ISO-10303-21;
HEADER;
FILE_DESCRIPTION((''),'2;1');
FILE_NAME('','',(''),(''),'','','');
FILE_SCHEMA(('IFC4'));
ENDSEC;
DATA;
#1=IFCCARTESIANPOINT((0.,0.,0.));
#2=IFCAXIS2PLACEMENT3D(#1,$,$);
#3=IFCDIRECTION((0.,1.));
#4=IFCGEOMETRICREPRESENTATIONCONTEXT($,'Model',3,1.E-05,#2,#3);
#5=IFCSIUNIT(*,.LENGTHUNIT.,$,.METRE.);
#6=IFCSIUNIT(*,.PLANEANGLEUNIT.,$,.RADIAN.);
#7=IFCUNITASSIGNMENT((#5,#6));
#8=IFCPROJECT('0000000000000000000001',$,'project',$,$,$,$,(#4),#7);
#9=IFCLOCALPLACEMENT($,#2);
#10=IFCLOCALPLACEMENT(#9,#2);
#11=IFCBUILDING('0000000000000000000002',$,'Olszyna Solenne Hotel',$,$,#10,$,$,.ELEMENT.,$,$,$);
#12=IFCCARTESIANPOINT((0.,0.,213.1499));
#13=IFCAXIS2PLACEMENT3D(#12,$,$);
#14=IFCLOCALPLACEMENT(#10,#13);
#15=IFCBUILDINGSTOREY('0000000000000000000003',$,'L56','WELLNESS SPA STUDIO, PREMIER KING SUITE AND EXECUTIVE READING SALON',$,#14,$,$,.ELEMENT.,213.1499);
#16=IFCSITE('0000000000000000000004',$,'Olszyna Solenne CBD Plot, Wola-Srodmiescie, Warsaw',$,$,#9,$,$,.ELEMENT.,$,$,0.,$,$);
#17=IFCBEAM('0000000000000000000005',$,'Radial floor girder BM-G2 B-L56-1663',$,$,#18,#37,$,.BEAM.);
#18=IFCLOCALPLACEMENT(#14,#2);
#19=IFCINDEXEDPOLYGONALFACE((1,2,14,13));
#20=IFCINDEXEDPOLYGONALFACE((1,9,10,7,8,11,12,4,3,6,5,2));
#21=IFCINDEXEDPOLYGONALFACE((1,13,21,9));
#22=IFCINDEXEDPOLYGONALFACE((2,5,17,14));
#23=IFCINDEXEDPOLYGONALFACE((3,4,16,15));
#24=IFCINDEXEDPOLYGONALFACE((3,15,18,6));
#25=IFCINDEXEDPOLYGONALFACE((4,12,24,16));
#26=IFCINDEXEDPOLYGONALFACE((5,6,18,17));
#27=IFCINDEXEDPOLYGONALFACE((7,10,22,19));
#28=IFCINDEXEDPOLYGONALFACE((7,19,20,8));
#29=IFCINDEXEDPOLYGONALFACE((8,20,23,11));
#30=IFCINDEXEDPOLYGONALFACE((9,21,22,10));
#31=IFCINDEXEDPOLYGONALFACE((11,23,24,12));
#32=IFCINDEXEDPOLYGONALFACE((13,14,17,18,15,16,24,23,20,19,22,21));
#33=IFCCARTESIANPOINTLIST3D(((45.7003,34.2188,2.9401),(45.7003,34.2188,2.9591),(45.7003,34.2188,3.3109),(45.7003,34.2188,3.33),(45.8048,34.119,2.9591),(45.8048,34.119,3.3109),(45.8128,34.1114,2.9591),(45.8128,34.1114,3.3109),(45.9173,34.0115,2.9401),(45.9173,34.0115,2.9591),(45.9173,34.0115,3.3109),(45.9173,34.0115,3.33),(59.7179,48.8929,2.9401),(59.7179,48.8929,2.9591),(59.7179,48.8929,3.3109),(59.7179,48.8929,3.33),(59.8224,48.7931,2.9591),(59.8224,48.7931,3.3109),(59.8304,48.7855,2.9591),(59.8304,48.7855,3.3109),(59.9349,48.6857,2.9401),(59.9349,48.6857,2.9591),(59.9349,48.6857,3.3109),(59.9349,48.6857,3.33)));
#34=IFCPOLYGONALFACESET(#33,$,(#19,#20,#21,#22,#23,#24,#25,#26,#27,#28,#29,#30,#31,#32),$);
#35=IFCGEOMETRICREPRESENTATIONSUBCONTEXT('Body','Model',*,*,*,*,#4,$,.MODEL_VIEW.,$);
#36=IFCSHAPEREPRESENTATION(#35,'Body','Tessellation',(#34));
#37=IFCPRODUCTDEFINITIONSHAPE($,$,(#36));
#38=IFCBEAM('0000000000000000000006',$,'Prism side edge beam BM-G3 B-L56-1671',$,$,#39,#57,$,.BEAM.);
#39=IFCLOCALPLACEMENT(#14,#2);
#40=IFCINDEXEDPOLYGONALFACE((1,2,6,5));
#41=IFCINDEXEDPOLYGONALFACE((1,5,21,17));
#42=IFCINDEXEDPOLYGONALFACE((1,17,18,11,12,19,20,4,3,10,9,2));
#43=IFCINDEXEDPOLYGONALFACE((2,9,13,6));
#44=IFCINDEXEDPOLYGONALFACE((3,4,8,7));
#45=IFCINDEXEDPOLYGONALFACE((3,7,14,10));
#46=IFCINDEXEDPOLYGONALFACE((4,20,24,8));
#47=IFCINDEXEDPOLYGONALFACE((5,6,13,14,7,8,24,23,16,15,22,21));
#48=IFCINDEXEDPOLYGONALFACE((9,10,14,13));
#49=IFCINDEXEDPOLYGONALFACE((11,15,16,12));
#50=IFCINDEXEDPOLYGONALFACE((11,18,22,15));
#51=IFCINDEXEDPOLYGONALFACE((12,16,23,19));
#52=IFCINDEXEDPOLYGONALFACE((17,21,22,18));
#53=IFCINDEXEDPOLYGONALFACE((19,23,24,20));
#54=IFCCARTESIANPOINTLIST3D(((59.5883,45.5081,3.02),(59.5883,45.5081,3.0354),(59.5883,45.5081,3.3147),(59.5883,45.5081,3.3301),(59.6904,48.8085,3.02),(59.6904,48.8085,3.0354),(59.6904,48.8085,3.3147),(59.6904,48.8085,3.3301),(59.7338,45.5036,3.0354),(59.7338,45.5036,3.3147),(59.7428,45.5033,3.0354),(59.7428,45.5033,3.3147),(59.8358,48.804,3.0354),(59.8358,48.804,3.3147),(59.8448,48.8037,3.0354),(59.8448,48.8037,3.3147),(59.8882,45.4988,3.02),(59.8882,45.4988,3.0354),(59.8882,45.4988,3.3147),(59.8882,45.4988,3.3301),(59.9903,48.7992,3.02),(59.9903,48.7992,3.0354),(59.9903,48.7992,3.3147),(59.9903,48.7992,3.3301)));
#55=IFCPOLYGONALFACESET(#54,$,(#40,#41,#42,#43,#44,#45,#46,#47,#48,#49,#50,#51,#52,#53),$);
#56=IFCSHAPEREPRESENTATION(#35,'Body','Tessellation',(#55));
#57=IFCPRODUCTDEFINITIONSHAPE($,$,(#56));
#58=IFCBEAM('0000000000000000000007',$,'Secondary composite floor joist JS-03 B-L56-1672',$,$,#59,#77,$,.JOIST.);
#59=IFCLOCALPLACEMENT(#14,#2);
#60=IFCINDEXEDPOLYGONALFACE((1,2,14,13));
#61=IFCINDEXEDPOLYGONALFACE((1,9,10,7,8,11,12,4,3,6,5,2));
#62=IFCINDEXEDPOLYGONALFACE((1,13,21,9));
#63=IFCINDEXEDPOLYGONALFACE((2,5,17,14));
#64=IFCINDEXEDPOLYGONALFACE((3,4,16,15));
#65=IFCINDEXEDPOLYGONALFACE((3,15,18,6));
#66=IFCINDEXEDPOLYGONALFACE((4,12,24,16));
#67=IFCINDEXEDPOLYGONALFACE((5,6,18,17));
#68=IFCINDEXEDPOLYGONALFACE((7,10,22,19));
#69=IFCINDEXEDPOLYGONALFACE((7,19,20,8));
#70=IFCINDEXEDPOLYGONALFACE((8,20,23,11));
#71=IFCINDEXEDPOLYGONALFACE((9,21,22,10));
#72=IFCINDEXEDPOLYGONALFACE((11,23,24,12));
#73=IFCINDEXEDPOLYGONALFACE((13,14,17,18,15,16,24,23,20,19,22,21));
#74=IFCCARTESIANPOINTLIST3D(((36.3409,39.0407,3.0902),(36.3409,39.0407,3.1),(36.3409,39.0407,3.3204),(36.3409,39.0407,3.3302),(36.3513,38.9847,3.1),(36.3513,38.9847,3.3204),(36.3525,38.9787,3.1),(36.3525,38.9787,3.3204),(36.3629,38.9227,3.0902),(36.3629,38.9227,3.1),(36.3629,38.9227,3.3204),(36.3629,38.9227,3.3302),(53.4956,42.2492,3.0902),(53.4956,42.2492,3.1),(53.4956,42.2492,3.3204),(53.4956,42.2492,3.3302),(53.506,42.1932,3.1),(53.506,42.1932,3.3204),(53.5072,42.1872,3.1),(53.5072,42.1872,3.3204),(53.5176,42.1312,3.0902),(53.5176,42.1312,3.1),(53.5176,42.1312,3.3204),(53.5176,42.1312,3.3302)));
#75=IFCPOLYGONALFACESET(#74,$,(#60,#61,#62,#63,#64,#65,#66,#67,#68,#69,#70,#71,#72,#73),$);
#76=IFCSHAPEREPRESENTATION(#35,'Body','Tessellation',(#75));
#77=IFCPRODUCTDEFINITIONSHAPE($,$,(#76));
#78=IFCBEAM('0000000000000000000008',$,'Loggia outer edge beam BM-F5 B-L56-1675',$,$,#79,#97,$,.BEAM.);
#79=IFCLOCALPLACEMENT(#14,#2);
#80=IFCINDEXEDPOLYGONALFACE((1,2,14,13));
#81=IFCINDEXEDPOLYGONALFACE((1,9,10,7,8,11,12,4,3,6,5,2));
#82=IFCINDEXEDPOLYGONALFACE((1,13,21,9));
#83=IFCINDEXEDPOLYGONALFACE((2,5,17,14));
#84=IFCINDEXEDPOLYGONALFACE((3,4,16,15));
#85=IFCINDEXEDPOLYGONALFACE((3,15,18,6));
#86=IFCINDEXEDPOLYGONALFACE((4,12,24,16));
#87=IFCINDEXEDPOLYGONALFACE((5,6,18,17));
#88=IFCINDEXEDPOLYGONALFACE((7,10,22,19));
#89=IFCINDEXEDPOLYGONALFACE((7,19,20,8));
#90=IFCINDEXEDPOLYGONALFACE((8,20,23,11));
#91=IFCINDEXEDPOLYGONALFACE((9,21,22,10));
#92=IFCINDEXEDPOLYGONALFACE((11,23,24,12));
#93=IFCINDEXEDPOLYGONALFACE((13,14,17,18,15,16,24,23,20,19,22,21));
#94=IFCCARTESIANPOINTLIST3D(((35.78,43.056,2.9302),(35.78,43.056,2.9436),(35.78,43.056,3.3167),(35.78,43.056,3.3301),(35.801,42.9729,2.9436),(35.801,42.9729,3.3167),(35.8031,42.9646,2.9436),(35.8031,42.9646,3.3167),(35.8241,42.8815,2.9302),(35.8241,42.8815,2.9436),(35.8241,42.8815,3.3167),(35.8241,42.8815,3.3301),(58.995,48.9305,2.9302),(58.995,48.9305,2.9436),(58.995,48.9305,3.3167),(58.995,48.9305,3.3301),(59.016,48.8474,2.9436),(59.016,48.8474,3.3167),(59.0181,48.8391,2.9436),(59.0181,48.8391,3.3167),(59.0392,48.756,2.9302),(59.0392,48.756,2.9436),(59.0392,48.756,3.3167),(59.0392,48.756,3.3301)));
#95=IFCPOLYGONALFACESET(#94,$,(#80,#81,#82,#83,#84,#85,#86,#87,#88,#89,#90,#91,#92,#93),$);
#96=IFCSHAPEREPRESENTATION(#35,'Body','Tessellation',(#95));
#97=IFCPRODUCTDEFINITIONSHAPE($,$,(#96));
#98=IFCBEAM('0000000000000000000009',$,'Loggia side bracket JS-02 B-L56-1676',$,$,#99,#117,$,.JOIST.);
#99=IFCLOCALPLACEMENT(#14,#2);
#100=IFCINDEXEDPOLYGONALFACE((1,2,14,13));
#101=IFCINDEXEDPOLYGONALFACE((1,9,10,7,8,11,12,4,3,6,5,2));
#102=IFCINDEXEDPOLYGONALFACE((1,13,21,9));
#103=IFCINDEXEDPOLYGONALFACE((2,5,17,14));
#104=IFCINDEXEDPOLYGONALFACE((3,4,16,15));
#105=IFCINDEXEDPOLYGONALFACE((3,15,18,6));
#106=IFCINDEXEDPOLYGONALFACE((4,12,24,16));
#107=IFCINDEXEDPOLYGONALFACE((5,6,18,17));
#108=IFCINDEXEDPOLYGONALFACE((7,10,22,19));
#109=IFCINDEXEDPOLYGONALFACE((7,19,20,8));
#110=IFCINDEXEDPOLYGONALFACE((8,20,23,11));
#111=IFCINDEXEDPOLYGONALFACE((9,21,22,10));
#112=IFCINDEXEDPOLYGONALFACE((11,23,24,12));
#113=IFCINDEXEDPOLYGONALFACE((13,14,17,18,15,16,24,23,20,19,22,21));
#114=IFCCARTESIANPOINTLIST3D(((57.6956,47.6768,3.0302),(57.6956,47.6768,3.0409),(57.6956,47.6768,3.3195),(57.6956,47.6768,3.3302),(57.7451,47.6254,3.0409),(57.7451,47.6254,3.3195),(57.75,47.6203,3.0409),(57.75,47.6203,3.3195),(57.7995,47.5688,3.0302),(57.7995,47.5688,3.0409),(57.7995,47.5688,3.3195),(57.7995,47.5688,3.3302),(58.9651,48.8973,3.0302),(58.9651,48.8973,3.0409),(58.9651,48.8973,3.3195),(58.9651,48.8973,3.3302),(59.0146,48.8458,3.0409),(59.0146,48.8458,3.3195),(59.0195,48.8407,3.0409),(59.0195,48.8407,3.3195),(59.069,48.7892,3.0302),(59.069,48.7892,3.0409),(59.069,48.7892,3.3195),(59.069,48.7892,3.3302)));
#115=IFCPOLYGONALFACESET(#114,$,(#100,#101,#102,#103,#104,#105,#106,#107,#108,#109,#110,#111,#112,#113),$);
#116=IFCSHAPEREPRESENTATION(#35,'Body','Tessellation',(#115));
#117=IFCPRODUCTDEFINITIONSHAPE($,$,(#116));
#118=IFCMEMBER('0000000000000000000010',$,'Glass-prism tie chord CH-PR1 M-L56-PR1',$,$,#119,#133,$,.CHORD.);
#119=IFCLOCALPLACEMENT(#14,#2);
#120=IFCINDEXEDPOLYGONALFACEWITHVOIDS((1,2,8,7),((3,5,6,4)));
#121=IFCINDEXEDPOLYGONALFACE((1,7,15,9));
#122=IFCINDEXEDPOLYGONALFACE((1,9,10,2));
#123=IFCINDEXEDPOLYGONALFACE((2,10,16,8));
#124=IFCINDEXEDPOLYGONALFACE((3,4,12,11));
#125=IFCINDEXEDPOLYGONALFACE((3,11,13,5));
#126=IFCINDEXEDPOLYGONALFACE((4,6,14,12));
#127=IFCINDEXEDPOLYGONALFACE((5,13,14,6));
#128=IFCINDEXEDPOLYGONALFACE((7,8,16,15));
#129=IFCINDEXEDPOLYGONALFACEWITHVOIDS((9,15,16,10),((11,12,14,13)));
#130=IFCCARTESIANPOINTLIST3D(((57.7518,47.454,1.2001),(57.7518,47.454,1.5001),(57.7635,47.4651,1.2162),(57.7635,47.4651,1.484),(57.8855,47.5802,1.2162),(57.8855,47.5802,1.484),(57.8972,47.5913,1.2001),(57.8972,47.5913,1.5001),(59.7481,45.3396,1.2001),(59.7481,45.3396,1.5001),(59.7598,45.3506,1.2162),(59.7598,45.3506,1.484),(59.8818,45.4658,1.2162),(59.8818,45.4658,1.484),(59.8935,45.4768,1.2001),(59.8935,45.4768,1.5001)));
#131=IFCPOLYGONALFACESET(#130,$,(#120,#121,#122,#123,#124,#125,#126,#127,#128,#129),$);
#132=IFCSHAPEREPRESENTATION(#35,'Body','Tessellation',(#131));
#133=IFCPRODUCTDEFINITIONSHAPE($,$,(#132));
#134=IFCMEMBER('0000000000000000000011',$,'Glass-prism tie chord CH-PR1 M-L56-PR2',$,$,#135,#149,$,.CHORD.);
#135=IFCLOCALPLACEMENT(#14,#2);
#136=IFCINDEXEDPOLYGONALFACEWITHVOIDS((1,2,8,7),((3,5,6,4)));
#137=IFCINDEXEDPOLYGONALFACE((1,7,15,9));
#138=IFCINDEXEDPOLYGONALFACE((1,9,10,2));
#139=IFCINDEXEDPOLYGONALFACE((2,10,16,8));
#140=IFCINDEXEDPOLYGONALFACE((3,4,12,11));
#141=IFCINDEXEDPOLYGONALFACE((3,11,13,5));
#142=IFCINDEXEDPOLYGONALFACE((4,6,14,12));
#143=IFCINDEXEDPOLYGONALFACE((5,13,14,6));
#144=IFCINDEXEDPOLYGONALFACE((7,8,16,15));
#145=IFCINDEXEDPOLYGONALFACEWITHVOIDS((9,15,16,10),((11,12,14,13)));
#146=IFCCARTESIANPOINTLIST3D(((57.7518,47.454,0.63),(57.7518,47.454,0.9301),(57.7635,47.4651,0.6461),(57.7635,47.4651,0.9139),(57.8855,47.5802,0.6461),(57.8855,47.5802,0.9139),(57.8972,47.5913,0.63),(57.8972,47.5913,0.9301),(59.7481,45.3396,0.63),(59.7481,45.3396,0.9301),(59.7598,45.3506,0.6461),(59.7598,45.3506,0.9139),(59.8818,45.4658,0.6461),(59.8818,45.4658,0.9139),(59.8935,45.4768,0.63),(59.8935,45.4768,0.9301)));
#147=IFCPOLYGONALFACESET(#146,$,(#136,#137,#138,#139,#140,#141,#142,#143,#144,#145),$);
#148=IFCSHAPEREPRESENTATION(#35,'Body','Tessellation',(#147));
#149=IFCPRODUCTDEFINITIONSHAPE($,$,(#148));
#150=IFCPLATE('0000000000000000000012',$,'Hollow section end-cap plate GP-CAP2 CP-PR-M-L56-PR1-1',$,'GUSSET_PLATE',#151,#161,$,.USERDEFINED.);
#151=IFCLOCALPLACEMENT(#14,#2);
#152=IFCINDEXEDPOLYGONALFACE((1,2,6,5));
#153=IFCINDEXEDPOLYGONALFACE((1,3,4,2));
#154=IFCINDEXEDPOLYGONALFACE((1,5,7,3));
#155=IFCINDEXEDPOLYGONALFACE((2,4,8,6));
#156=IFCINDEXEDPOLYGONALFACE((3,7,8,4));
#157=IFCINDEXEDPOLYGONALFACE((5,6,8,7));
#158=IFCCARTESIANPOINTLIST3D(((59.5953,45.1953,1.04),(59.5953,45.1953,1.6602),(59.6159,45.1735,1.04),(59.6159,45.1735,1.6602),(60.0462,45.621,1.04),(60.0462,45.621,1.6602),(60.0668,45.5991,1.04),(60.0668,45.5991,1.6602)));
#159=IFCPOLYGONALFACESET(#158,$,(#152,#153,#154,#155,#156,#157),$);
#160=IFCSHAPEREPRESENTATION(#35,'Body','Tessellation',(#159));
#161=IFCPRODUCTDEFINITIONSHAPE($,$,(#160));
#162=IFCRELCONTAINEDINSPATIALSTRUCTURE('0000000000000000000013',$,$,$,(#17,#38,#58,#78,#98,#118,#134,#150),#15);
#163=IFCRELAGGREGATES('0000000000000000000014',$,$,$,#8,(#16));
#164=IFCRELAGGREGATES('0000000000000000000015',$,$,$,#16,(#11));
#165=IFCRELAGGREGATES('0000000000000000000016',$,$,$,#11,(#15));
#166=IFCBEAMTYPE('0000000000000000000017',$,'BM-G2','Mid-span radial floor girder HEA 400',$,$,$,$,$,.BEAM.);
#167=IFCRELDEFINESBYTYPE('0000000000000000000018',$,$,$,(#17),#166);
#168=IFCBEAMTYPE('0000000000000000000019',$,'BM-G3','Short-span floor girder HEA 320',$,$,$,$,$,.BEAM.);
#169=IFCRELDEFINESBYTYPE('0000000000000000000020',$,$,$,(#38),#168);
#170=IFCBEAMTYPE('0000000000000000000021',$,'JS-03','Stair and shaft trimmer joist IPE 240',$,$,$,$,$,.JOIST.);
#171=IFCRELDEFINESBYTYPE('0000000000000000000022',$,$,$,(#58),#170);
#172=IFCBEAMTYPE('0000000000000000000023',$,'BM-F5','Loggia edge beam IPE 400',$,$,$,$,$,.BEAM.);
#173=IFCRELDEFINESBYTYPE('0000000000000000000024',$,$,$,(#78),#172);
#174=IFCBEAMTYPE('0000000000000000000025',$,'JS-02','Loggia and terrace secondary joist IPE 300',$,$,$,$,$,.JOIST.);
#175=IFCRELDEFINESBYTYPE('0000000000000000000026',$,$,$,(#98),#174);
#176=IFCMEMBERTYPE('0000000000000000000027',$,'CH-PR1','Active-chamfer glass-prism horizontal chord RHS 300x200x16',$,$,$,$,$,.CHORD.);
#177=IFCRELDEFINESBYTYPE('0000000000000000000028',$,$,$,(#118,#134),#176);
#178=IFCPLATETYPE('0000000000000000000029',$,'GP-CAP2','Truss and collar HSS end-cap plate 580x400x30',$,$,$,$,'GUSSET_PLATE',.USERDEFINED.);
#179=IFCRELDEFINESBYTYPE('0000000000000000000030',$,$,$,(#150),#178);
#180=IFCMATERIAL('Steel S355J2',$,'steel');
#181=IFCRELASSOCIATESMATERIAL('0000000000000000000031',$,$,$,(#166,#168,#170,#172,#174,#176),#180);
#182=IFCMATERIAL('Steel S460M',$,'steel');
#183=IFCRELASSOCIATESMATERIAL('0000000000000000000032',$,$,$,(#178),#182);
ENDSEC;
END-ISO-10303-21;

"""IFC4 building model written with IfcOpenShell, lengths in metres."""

from ifc_helpers import new_model, si_unit, direction, frame, origin, origin_2d, place, context, subcontext, project, spatial, rectangle, hollow_rectangle, i_section, extrude, source, transform, mapped, material, material_profile, profile_set, type_object, element, save


model = new_model("IFC4")

# Units and contexts
model_context = context("Model", 3, precision=1e-05, world=origin(), true_north=direction((0.0, 1.0)))
body_context = subcontext(model_context, "Body", "Model", "MODEL_VIEW")
ifc_project = project(units=[si_unit("LENGTHUNIT", "METRE"), si_unit("PLANEANGLEUNIT", "RADIAN")], contexts=[model_context])

# Site, building, storey
site_placement = place(None, origin())
site = spatial("IfcSite", under=ifc_project, at=site_placement, Name="Olszyna Solenne CBD Plot, Wola-Srodmiescie, Warsaw", CompositionType="ELEMENT", RefElevation=0.0)
building_placement = place(site_placement, origin())
building = spatial("IfcBuilding", under=site, at=building_placement, Name="Olszyna Solenne Hotel", CompositionType="ELEMENT")
storey_placement = place(building_placement, frame((0.0, 0.0, 213.1499)))
storey = spatial("IfcBuildingStorey", under=building, at=storey_placement, Name="L56", Description="WELLNESS SPA STUDIO, PREMIER KING SUITE AND EXECUTIVE READING SALON", CompositionType="ELEMENT", Elevation=213.1499)

# Shared definitions
ifc_material_1 = material(Name="Steel S460M", Category="steel")

# Beams
ifc_material_2 = material(Name="Steel S355J2", Category="steel")
ifc_material_profile_1 = material_profile(ifc_material_2, i_section(OverallWidth=0.3, OverallDepth=0.3899, WebThickness=0.011, FlangeThickness=0.019, at=origin_2d()), Name="HEA 400", Category="load-bearing")
ifc_profile_set_1 = profile_set([ifc_material_profile_1], Name="Steel S355J2")
beam_type_1 = type_object("IfcBeamType", Name="BM-G2", Description="Mid-span radial floor girder HEA 400", PredefinedType="BEAM", material=ifc_profile_set_1)
shared_shape_1 = source(origin(), body_context, "Body", "SweptSolid", [
    extrude(i_section(OverallWidth=0.3, OverallDepth=0.3899, WebThickness=0.011, FlangeThickness=0.019, at=origin_2d()), origin(), (0.0, 0.0, 1.0), 20.2935),
])
beam_1_placement = place(storey_placement, frame((59.8264, 48.7893, 3.135), z_axis=(-0.690747, -0.723097, 0.0), x_axis=(0.723097, -0.690747, 0.0)))
element("IfcBeam", 1, at=beam_1_placement, inside=storey, type_object=beam_type_1, Name="Radial floor girder BM-G2 B-L56-1663", PredefinedType="BEAM", context=body_context, shape_type="MappedRepresentation", body=[
    mapped(shared_shape_1, transform((0.0, 0.0, 0.0), x_axis=(1.0, 0.0, 0.0), y_axis=(0.0, 1.0, 0.0), z_axis=(0.0, 0.0, 1.0), scale=1.0)),
])
ifc_material_profile_2 = material_profile(ifc_material_2, i_section(OverallWidth=0.3, OverallDepth=0.3101, WebThickness=0.009, FlangeThickness=0.0154, at=origin_2d()), Name="HEA 320", Category="load-bearing")
ifc_profile_set_2 = profile_set([ifc_material_profile_2], Name="Steel S355J2")
beam_type_2 = type_object("IfcBeamType", Name="BM-G3", Description="Short-span floor girder HEA 320", PredefinedType="BEAM", material=ifc_profile_set_2)
shared_shape_2 = source(origin(), body_context, "Body", "SweptSolid", [
    extrude(i_section(OverallWidth=0.3, OverallDepth=0.3101, WebThickness=0.009, FlangeThickness=0.0154, at=origin_2d()), origin(), (0.0, 0.0, 1.0), 3.302),
])
beam_2_placement = place(storey_placement, frame((59.7383, 45.5034, 3.175), z_axis=(0.030905, 0.999522, 0.0), x_axis=(-0.999522, 0.030905, 0.0)))
element("IfcBeam", 2, at=beam_2_placement, inside=storey, type_object=beam_type_2, Name="Prism side edge beam BM-G3 B-L56-1671", PredefinedType="BEAM", context=body_context, shape_type="MappedRepresentation", body=[
    mapped(shared_shape_2, transform((0.0, 0.0, 0.0), x_axis=(1.0, 0.0, 0.0), y_axis=(0.0, 1.0, 0.0), z_axis=(0.0, 0.0, 1.0), scale=1.0)),
])
ifc_material_profile_3 = material_profile(ifc_material_2, i_section(OverallWidth=0.1201, OverallDepth=0.24, WebThickness=0.0061, FlangeThickness=0.0098, at=origin_2d()), Name="IPE 240", Category="load-bearing")
ifc_profile_set_3 = profile_set([ifc_material_profile_3], Name="Steel S355J2")
beam_type_3 = type_object("IfcBeamType", Name="JS-03", Description="Stair and shaft trimmer joist IPE 240", PredefinedType="JOIST", material=ifc_profile_set_3)
shared_shape_3 = source(origin(), body_context, "Body", "SweptSolid", [
    extrude(i_section(OverallWidth=0.1201, OverallDepth=0.24, WebThickness=0.0061, FlangeThickness=0.0098, at=origin_2d()), origin(), (0.0, 0.0, 1.0), 17.4521),
])
beam_3_placement = place(storey_placement, frame((53.5066, 42.1902, 3.2102), z_axis=(-0.982955, -0.183844, 0.0), x_axis=(0.183844, -0.982955, 0.0)))
element("IfcBeam", 3, at=beam_3_placement, inside=storey, type_object=beam_type_3, Name="Secondary composite floor joist JS-03 B-L56-1672", PredefinedType="JOIST", context=body_context, shape_type="MappedRepresentation", body=[
    mapped(shared_shape_3, transform((0.0, 0.0, 0.0), x_axis=(1.0, 0.0, 0.0), y_axis=(0.0, 1.0, 0.0), z_axis=(0.0, 0.0, 1.0), scale=1.0)),
])
ifc_material_profile_4 = material_profile(ifc_material_2, i_section(OverallWidth=0.1799, OverallDepth=0.3999, WebThickness=0.0085, FlangeThickness=0.0134, at=origin_2d()), Name="IPE 400", Category="load-bearing")
ifc_profile_set_4 = profile_set([ifc_material_profile_4], Name="Steel S355J2")
beam_type_4 = type_object("IfcBeamType", Name="BM-F5", Description="Loggia edge beam IPE 400", PredefinedType="BEAM", material=ifc_profile_set_4)
shared_shape_4 = source(origin(), body_context, "Body", "SweptSolid", [
    extrude(i_section(OverallWidth=0.1799, OverallDepth=0.3999, WebThickness=0.0085, FlangeThickness=0.0134, at=origin_2d()), origin(), (0.0, 0.0, 1.0), 23.9468),
])
beam_4_placement = place(storey_placement, frame((59.0171, 48.8433, 3.1301), z_axis=(-0.969443, -0.245315, 0.0), x_axis=(0.245315, -0.969443, 0.0)))
element("IfcBeam", 4, at=beam_4_placement, inside=storey, type_object=beam_type_4, Name="Loggia outer edge beam BM-F5 B-L56-1675", PredefinedType="BEAM", context=body_context, shape_type="MappedRepresentation", body=[
    mapped(shared_shape_4, transform((0.0, 0.0, 0.0), x_axis=(1.0, 0.0, 0.0), y_axis=(0.0, 1.0, 0.0), z_axis=(0.0, 0.0, 1.0), scale=1.0)),
])
ifc_material_profile_5 = material_profile(ifc_material_2, i_section(OverallWidth=0.1499, OverallDepth=0.3, WebThickness=0.0071, FlangeThickness=0.0107, at=origin_2d()), Name="IPE 300", Category="load-bearing")
ifc_profile_set_5 = profile_set([ifc_material_profile_5], Name="Steel S355J2")
beam_type_5 = type_object("IfcBeamType", Name="JS-02", Description="Loggia and terrace secondary joist IPE 300", PredefinedType="JOIST", material=ifc_profile_set_5)
shared_shape_5 = source(origin(), body_context, "Body", "SweptSolid", [
    extrude(i_section(OverallWidth=0.1499, OverallDepth=0.3, WebThickness=0.0071, FlangeThickness=0.0107, at=origin_2d()), origin(), (0.0, 0.0, 1.0), 1.761),
])
beam_5_placement = place(storey_placement, frame((57.7476, 47.6228, 3.1802), z_axis=(0.720902, 0.693037, 0.0), x_axis=(-0.693037, 0.720902, 0.0)))
element("IfcBeam", 5, at=beam_5_placement, inside=storey, type_object=beam_type_5, Name="Loggia side bracket JS-02 B-L56-1676", PredefinedType="JOIST", context=body_context, shape_type="MappedRepresentation", body=[
    mapped(shared_shape_5, transform((0.0, 0.0, 0.0), x_axis=(1.0, 0.0, 0.0), y_axis=(0.0, 1.0, 0.0), z_axis=(0.0, 0.0, 1.0), scale=1.0)),
])

# Members
ifc_material_profile_6 = material_profile(ifc_material_2, hollow_rectangle(XDim=0.2, YDim=0.3, WallThickness=0.0161, at=origin_2d()), Name="RHS 300x200x16", Category="load-bearing")
ifc_profile_set_6 = profile_set([ifc_material_profile_6], Name="Steel S355J2")
member_type = type_object("IfcMemberType", Name="CH-PR1", Description="Active-chamfer glass-prism horizontal chord RHS 300x200x16", PredefinedType="CHORD", material=ifc_profile_set_6)
shared_shape_6 = source(origin(), body_context, "Body", "SweptSolid", [
    extrude(hollow_rectangle(XDim=0.2, YDim=0.3, WallThickness=0.0161, at=origin_2d()), origin(), (0.0, 0.0, 1.0), 2.908),
])
for number, where, z_axis, x_axis, name in (
    (6, (59.8208, 45.4082, 1.3501), (-0.686498, 0.727132, 0.0), (-0.727132, -0.686498, 0.0), "Glass-prism tie chord CH-PR1 M-L56-PR1"),
    (7, (59.8208, 45.4082, 0.78), (-0.686498, 0.727132, 0.0), (-0.727132, -0.686498, 0.0), "Glass-prism tie chord CH-PR1 M-L56-PR2"),
):
    element("IfcMember", number, at=place(storey_placement, frame(where, z_axis=z_axis, x_axis=x_axis)), inside=storey, type_object=member_type, Name=name, PredefinedType="CHORD", context=body_context, shape_type="MappedRepresentation", body=[
        mapped(shared_shape_6, transform((0.0, 0.0, 0.0), x_axis=(1.0, 0.0, 0.0), y_axis=(0.0, 1.0, 0.0), z_axis=(0.0, 0.0, 1.0), scale=1.0)),
    ])

# Plate
plate_type = type_object("IfcPlateType", Name="GP-CAP2", Description="Truss and collar HSS end-cap plate 580x400x30", ElementType="GUSSET_PLATE", PredefinedType="USERDEFINED", material=ifc_material_1)
shared_shape_7 = source(origin(), body_context, "Body", "SweptSolid", [
    extrude(rectangle(XDim=0.03, YDim=0.6201, at=origin_2d()), origin(), (0.0, 0.0, 1.0), 0.6201),
])
for number, where, z_axis, x_axis, name in (
    (8, (59.8311, 45.3972, 1.04), (0.0, 0.0, 1.0), (-0.686453, 0.727174, 0.0), "Hollow section end-cap plate GP-CAP2 CP-PR-M-L56-PR1-1"),
):
    element("IfcPlate", number, at=place(storey_placement, frame(where, z_axis=z_axis, x_axis=x_axis)), inside=storey, type_object=plate_type, Name=name, ObjectType="GUSSET_PLATE", PredefinedType="USERDEFINED", context=body_context, shape_type="MappedRepresentation", body=[
        mapped(shared_shape_7, transform((0.0, 0.0, 0.0), x_axis=(1.0, 0.0, 0.0), y_axis=(0.0, 1.0, 0.0), z_axis=(0.0, 0.0, 1.0), scale=1.0)),
    ])

save(model, "model.ifc")
